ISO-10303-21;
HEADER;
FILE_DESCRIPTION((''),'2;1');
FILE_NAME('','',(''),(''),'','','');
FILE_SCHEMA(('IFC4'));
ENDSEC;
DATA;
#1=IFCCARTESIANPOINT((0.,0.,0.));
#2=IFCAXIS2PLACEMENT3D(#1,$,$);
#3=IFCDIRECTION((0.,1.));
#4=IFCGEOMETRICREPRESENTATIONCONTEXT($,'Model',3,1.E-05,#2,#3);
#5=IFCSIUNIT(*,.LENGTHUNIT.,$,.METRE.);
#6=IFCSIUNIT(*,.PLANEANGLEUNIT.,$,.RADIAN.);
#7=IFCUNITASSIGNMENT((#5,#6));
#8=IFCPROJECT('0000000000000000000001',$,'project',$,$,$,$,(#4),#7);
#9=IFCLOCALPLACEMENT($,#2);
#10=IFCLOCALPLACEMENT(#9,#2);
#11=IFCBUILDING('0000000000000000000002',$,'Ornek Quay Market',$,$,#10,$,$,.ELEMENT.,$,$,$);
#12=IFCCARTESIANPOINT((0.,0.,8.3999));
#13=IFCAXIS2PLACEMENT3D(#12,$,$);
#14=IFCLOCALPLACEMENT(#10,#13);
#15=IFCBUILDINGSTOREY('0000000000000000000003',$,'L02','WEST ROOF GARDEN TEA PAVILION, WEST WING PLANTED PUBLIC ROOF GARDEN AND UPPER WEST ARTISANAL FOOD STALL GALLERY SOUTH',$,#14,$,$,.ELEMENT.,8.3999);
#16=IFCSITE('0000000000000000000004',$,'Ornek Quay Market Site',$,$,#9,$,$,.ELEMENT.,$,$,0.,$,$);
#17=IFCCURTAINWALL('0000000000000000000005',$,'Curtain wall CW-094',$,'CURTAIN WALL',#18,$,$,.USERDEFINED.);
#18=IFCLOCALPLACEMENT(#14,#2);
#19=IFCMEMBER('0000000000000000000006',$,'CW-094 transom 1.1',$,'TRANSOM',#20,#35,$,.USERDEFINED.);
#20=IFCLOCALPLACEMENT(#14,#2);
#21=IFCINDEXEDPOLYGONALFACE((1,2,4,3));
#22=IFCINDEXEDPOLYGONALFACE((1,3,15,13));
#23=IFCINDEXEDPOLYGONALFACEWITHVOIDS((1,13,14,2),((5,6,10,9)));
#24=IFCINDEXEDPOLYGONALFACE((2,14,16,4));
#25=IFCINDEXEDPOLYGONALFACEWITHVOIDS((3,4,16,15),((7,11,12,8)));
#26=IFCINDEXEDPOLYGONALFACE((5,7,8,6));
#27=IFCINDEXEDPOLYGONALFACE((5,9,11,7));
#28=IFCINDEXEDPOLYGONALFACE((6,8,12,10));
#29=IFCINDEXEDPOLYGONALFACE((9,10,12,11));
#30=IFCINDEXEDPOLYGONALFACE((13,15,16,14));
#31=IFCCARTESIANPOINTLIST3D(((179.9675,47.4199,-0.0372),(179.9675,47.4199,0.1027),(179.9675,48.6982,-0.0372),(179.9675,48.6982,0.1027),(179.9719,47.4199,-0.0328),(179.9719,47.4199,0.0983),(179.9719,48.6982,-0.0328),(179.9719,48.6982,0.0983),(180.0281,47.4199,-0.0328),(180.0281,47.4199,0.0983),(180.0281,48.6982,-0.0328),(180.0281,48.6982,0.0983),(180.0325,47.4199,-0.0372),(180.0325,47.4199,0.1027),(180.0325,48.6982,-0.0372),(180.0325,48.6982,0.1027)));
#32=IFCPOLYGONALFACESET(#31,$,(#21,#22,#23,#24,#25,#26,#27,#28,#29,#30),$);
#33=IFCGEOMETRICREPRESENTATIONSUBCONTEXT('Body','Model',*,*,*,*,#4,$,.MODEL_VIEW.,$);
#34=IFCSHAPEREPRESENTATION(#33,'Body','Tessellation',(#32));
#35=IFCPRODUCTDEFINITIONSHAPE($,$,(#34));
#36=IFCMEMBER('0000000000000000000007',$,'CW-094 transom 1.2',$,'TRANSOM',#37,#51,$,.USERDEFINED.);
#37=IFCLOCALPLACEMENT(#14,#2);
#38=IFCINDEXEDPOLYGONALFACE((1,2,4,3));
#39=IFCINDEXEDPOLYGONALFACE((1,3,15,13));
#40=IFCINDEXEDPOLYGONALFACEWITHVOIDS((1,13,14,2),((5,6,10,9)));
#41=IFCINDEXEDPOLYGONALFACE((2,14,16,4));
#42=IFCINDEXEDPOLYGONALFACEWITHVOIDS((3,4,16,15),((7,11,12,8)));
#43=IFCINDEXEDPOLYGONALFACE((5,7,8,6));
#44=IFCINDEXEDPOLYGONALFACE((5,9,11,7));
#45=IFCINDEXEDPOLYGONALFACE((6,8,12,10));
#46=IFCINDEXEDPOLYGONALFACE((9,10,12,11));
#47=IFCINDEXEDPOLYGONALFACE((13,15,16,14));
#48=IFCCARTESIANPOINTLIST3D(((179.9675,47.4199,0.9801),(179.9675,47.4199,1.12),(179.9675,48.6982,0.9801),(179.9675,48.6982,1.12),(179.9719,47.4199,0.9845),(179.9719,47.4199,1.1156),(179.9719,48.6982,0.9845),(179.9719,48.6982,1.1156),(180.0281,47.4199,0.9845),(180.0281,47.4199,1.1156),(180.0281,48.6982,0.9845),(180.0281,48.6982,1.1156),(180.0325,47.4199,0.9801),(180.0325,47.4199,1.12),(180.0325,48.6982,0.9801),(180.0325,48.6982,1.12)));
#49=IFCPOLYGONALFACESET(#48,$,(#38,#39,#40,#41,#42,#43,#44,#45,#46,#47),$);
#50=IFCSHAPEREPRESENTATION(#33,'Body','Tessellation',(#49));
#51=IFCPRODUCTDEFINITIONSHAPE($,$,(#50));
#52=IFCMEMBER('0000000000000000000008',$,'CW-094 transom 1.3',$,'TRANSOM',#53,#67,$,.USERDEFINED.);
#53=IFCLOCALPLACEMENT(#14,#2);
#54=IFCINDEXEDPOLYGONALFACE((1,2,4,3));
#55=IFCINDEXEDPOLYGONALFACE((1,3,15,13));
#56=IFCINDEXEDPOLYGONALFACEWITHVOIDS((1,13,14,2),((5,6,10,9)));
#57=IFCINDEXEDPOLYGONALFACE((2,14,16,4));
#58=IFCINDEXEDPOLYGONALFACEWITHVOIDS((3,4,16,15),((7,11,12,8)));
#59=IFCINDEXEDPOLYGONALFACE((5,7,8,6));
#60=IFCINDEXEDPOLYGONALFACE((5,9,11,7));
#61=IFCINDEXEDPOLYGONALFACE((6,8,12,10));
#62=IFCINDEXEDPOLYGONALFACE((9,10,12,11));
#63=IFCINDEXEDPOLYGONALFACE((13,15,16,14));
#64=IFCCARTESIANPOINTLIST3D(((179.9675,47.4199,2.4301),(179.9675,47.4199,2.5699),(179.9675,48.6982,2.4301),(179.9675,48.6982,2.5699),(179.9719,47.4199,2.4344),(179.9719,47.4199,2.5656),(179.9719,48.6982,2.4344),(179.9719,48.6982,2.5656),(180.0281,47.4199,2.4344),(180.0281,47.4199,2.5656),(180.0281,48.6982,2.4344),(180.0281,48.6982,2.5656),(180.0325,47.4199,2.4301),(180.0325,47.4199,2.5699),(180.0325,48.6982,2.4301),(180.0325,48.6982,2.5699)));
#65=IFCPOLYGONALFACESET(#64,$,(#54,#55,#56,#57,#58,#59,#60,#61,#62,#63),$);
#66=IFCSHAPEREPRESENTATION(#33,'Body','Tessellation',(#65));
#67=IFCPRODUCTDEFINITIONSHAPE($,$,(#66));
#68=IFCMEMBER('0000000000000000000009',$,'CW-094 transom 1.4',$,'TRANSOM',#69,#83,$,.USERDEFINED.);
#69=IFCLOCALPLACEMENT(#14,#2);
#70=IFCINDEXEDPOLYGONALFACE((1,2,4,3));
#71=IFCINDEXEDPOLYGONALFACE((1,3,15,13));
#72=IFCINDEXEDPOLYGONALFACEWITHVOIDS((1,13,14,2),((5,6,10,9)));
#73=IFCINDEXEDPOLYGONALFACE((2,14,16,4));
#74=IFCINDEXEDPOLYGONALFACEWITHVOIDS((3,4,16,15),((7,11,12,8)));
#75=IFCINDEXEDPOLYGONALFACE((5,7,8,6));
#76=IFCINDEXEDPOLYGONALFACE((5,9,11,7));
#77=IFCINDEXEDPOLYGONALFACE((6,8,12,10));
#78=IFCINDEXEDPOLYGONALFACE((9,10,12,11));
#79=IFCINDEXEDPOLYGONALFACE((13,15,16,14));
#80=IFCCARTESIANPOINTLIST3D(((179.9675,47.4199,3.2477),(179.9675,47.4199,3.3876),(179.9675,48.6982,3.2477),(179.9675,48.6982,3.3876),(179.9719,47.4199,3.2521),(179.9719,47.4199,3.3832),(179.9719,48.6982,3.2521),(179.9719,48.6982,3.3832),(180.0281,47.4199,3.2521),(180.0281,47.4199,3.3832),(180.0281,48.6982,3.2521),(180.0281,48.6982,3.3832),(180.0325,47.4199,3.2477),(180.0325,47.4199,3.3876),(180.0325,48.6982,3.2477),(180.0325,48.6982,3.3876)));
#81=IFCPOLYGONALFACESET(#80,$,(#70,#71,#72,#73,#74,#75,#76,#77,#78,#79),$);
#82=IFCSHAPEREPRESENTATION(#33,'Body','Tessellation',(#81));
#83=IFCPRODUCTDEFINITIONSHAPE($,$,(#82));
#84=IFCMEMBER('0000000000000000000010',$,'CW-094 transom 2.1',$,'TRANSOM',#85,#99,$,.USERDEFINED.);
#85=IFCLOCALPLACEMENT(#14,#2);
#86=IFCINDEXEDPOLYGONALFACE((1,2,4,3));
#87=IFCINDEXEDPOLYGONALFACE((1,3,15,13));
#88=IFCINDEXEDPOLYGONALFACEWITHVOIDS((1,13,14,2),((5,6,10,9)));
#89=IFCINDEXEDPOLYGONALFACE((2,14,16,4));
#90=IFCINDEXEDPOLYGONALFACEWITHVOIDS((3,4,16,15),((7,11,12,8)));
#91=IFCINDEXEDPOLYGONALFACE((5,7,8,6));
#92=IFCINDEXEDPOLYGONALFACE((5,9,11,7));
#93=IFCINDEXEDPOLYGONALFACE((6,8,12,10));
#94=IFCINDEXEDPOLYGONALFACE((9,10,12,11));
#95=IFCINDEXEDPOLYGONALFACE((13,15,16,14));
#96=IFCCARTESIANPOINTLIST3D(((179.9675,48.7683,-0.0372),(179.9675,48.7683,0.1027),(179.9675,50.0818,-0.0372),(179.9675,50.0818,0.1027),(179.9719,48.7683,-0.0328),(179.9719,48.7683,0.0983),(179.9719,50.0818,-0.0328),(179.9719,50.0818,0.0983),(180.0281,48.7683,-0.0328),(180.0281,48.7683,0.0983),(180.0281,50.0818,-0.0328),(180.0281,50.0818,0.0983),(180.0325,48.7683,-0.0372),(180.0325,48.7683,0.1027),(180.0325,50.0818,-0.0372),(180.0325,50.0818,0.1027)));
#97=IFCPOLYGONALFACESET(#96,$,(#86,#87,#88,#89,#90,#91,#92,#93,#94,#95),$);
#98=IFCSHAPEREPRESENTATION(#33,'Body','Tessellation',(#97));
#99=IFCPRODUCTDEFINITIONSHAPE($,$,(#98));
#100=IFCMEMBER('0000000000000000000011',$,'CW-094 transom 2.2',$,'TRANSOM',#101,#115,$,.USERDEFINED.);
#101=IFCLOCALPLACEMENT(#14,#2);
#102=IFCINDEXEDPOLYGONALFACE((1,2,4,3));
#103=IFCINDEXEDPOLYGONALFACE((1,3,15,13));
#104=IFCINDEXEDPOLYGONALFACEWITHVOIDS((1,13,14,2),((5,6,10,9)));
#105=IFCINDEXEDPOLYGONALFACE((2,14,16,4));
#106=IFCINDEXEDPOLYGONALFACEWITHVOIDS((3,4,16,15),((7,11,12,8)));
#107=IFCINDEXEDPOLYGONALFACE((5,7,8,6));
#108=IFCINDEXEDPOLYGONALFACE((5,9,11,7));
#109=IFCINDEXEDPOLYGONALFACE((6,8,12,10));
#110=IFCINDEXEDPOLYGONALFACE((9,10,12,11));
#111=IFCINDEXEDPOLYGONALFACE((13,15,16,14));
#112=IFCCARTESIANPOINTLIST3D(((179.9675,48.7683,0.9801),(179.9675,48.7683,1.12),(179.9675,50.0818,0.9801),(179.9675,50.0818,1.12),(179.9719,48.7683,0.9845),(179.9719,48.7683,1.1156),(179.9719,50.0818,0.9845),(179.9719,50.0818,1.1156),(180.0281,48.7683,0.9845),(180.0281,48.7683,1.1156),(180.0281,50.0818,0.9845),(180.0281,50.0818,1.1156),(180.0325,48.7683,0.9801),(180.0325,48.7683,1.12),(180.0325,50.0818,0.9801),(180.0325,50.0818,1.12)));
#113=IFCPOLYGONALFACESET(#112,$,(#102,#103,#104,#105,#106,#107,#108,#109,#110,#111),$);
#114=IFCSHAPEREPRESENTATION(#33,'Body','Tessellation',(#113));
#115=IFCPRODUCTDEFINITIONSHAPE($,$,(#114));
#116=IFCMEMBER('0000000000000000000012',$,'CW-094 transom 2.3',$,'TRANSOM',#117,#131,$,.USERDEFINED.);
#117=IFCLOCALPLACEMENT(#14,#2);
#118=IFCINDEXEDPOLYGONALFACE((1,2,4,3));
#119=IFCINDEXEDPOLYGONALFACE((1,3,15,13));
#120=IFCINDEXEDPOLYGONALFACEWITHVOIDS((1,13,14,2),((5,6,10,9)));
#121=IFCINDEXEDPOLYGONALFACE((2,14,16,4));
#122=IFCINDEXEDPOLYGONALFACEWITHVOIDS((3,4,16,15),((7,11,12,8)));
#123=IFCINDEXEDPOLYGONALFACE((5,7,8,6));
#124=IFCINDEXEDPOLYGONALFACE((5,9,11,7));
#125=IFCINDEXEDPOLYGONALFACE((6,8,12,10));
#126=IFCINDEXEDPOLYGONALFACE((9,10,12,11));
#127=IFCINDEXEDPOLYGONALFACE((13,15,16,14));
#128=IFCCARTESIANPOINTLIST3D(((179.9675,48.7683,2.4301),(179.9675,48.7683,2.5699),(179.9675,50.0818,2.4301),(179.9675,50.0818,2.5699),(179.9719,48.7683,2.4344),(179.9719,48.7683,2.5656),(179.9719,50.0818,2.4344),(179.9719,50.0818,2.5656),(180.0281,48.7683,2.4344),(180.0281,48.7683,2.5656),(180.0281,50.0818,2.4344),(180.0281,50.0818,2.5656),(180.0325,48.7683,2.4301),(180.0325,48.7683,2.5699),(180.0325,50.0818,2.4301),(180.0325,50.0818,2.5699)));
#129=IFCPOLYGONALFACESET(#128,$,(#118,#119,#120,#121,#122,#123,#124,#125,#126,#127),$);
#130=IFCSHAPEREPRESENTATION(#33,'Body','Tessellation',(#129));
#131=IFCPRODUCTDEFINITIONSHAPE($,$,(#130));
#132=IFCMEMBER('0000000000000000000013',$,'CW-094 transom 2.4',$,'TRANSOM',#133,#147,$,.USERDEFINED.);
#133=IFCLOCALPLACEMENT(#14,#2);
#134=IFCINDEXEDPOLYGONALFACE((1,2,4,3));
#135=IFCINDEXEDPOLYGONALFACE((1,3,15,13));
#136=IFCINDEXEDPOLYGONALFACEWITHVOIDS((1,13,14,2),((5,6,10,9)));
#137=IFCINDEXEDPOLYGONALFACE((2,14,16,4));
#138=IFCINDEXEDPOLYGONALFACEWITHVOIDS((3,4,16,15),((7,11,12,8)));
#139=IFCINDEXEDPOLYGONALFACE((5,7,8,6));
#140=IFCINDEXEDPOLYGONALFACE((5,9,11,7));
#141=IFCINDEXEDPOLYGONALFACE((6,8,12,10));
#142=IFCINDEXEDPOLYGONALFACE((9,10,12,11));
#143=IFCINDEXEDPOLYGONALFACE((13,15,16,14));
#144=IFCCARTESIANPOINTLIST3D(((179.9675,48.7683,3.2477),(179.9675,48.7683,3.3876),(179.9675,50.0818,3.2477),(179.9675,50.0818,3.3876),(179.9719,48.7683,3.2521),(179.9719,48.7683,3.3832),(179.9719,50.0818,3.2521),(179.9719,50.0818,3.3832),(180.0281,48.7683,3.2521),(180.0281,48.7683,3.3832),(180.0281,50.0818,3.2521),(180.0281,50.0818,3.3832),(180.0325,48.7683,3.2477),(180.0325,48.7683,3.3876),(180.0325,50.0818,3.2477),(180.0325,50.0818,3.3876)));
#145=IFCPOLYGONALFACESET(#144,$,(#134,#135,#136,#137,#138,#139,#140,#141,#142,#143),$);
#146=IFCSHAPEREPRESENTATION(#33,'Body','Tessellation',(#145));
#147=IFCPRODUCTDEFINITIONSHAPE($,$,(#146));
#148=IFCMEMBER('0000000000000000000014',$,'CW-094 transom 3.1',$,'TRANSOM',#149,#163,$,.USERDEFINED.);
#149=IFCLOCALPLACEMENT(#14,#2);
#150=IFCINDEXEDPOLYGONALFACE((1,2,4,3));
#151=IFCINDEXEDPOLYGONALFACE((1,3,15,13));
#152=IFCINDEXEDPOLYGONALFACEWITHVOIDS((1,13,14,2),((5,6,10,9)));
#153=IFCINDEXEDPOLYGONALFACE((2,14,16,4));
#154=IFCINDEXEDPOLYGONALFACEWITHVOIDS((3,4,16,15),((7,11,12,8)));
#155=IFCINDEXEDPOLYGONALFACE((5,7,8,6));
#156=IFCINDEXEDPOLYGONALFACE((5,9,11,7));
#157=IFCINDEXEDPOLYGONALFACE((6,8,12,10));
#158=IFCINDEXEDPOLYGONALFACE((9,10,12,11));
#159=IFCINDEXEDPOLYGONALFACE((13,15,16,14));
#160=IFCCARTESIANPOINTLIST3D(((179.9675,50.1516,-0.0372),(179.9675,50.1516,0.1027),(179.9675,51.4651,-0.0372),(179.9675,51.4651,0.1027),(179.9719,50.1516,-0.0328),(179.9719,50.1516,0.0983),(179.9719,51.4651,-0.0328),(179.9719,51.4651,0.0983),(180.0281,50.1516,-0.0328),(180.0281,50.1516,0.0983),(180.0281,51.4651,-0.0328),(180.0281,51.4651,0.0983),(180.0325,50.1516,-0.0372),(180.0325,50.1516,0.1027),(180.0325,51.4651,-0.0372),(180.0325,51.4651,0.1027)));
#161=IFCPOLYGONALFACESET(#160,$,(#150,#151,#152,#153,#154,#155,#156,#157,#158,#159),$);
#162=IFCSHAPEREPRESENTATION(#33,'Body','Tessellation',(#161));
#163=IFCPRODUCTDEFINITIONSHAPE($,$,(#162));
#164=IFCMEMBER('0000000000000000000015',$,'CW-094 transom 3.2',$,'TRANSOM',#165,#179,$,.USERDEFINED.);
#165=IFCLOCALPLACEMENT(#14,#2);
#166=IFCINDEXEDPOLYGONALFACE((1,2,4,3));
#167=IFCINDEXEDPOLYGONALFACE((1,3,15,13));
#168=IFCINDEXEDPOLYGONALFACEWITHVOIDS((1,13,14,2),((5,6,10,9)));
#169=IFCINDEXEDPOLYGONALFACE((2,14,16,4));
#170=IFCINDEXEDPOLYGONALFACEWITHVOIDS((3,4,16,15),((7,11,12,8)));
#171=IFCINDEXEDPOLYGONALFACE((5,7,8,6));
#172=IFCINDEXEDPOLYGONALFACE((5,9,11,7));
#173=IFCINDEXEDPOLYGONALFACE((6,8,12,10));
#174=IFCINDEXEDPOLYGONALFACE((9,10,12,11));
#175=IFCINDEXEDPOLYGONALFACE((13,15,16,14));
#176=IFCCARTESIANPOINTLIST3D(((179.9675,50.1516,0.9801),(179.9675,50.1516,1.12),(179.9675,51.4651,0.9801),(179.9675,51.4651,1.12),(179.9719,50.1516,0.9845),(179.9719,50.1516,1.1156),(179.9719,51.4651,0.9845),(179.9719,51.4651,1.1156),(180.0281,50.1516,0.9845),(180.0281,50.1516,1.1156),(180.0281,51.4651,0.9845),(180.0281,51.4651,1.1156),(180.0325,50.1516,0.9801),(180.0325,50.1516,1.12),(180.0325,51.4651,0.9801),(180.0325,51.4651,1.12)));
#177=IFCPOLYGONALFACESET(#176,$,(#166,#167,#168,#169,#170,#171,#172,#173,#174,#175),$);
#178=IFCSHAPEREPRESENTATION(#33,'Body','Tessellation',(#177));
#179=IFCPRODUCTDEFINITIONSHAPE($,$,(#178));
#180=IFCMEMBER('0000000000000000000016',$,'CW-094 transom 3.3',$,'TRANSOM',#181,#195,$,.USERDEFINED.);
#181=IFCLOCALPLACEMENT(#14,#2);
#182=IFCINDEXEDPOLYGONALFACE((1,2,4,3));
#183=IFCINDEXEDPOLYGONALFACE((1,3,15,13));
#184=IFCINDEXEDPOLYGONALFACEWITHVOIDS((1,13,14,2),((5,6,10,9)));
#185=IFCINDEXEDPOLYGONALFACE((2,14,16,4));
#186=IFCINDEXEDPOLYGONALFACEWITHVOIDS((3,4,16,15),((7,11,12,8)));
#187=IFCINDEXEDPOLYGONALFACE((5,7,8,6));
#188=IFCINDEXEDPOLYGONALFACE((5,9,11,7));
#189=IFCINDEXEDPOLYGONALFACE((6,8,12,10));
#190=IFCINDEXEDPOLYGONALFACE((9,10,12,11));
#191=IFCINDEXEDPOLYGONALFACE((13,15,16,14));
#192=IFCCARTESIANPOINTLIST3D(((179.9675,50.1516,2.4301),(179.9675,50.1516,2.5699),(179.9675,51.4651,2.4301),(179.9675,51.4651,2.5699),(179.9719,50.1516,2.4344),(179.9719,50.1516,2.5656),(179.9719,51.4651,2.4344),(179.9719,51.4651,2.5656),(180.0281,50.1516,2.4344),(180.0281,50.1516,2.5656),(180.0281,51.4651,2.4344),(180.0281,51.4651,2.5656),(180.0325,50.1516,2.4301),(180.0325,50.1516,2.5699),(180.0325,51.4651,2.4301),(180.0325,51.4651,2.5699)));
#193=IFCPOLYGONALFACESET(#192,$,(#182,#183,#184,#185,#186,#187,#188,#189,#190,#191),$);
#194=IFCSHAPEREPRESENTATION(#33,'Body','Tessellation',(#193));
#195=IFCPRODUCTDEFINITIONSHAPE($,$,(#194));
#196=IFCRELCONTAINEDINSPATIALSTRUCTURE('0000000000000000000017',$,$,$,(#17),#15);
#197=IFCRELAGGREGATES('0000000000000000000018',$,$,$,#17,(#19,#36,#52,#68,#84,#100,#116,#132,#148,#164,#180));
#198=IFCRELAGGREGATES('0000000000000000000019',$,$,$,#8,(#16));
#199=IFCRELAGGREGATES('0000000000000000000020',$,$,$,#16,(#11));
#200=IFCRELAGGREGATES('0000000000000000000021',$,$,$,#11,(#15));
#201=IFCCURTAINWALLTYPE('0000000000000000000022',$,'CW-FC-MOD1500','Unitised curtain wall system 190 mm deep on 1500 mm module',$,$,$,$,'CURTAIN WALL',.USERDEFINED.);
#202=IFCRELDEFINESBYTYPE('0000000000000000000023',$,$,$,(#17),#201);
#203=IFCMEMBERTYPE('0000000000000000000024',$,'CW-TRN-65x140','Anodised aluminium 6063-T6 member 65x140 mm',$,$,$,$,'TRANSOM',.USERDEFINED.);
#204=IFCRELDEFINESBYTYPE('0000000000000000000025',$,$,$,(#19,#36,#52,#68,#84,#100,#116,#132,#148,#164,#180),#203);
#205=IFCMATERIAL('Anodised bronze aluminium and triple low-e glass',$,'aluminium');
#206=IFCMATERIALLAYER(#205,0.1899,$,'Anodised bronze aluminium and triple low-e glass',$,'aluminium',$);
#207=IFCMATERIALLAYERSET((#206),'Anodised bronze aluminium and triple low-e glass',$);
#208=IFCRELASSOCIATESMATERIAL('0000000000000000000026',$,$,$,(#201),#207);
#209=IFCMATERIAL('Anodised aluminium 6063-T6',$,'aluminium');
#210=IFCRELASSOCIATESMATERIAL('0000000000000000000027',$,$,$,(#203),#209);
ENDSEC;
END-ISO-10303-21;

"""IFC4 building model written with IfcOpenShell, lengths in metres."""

from ifc_helpers import new_model, si_unit, direction, frame, origin, origin_2d, place, context, subcontext, project, spatial, hollow_rectangle, extrude, material, layer, layer_set, material_profile, profile_set, type_object, element, aggregate, save


model = new_model("IFC4")

# Units and contexts
model_context = context("Model", 3, precision=1e-05, world=origin(), true_north=direction((0.0, 1.0)))
body_context = subcontext(model_context, "Body", "Model", "MODEL_VIEW")
ifc_project = project(units=[si_unit("LENGTHUNIT", "METRE"), si_unit("PLANEANGLEUNIT", "RADIAN")], contexts=[model_context])

# Site, building, storey
site_placement = place(None, origin())
site = spatial("IfcSite", under=ifc_project, at=site_placement, Name="Ornek Quay Market Site", CompositionType="ELEMENT", RefElevation=0.0)
building_placement = place(site_placement, origin())
building = spatial("IfcBuilding", under=site, at=building_placement, Name="Ornek Quay Market", CompositionType="ELEMENT")
storey_placement = place(building_placement, frame((0.0, 0.0, 8.3999)))
storey = spatial("IfcBuildingStorey", under=building, at=storey_placement, Name="L02", Description="WEST ROOF GARDEN TEA PAVILION, WEST WING PLANTED PUBLIC ROOF GARDEN AND UPPER WEST ARTISANAL FOOD STALL GALLERY SOUTH", CompositionType="ELEMENT", Elevation=8.3999)

# Curtain wall, members
ifc_material_1 = material(Name="Anodised bronze aluminium and triple low-e glass", Category="aluminium")
ifc_layer_1 = layer(ifc_material_1, 0.1899, Name="Anodised bronze aluminium and triple low-e glass", Category="aluminium")
ifc_layer_set_1 = layer_set([ifc_layer_1], Name="Anodised bronze aluminium and triple low-e glass")
curtain_wall_type = type_object("IfcCurtainWallType", Name="CW-FC-MOD1500", Description="Unitised curtain wall system 190 mm deep on 1500 mm module", ElementType="CURTAIN WALL", PredefinedType="USERDEFINED", material=ifc_layer_set_1)
curtain_wall_placement = place(storey_placement, origin())
curtain_wall = element("IfcCurtainWall", 1, at=curtain_wall_placement, inside=storey, type_object=curtain_wall_type, Name="Curtain wall CW-094", ObjectType="CURTAIN WALL", PredefinedType="USERDEFINED")
ifc_material_2 = material(Name="Anodised aluminium 6063-T6", Category="aluminium")
ifc_material_profile_1 = material_profile(ifc_material_2, hollow_rectangle(XDim=0.0649, YDim=0.1399, WallThickness=0.0044, at=origin_2d()), Name="CW-TRN-65x140", Category="aluminium")
ifc_profile_set_1 = profile_set([ifc_material_profile_1], Name="Anodised aluminium 6063-T6")
member_type_1 = type_object("IfcMemberType", Name="CW-TRN-65x140", Description="Anodised aluminium 6063-T6 member 65x140 mm", ElementType="TRANSOM", PredefinedType="USERDEFINED", material=ifc_profile_set_1)
member_1_placement = place(storey_placement, frame((180.0, 47.4199, 0.0327), z_axis=(0.0, 1.0, 0.0), x_axis=(-1.0, 0.0, 0.0)))
member_1 = element("IfcMember", 2, at=member_1_placement, type_object=member_type_1, Name="CW-094 transom 1.1", ObjectType="TRANSOM", PredefinedType="USERDEFINED", context=body_context, shape_type="SweptSolid", body=[
    extrude(hollow_rectangle(XDim=0.0649, YDim=0.1399, WallThickness=0.0044, at=origin_2d()), origin(), (0.0, 0.0, 1.0), 1.2783),
])
member_2_placement = place(storey_placement, frame((180.0, 47.4199, 1.05), z_axis=(0.0, 1.0, 0.0), x_axis=(-1.0, 0.0, 0.0)))
member_2 = element("IfcMember", 3, at=member_2_placement, type_object=member_type_1, Name="CW-094 transom 1.2", ObjectType="TRANSOM", PredefinedType="USERDEFINED", context=body_context, shape_type="SweptSolid", body=[
    extrude(hollow_rectangle(XDim=0.0649, YDim=0.1399, WallThickness=0.0044, at=origin_2d()), origin(), (0.0, 0.0, 1.0), 1.2783),
])
member_3_placement = place(storey_placement, frame((180.0, 47.4199, 2.5), z_axis=(0.0, 1.0, 0.0), x_axis=(-1.0, 0.0, 0.0)))
member_3 = element("IfcMember", 4, at=member_3_placement, type_object=member_type_1, Name="CW-094 transom 1.3", ObjectType="TRANSOM", PredefinedType="USERDEFINED", context=body_context, shape_type="SweptSolid", body=[
    extrude(hollow_rectangle(XDim=0.0649, YDim=0.1399, WallThickness=0.0044, at=origin_2d()), origin(), (0.0, 0.0, 1.0), 1.2783),
])
member_4_placement = place(storey_placement, frame((180.0, 47.4199, 3.3176), z_axis=(0.0, 1.0, 0.0), x_axis=(-1.0, 0.0, 0.0)))
member_4 = element("IfcMember", 5, at=member_4_placement, type_object=member_type_1, Name="CW-094 transom 1.4", ObjectType="TRANSOM", PredefinedType="USERDEFINED", context=body_context, shape_type="SweptSolid", body=[
    extrude(hollow_rectangle(XDim=0.0649, YDim=0.1399, WallThickness=0.0044, at=origin_2d()), origin(), (0.0, 0.0, 1.0), 1.2783),
])
member_5_placement = place(storey_placement, frame((180.0, 48.7683, 0.0327), z_axis=(0.0, 1.0, 0.0), x_axis=(-1.0, 0.0, 0.0)))
member_5 = element("IfcMember", 6, at=member_5_placement, type_object=member_type_1, Name="CW-094 transom 2.1", ObjectType="TRANSOM", PredefinedType="USERDEFINED", context=body_context, shape_type="SweptSolid", body=[
    extrude(hollow_rectangle(XDim=0.0649, YDim=0.1399, WallThickness=0.0044, at=origin_2d()), origin(), (0.0, 0.0, 1.0), 1.3135),
])
member_6_placement = place(storey_placement, frame((180.0, 48.7683, 1.05), z_axis=(0.0, 1.0, 0.0), x_axis=(-1.0, 0.0, 0.0)))
member_6 = element("IfcMember", 7, at=member_6_placement, type_object=member_type_1, Name="CW-094 transom 2.2", ObjectType="TRANSOM", PredefinedType="USERDEFINED", context=body_context, shape_type="SweptSolid", body=[
    extrude(hollow_rectangle(XDim=0.0649, YDim=0.1399, WallThickness=0.0044, at=origin_2d()), origin(), (0.0, 0.0, 1.0), 1.3135),
])
member_7_placement = place(storey_placement, frame((180.0, 48.7683, 2.5), z_axis=(0.0, 1.0, 0.0), x_axis=(-1.0, 0.0, 0.0)))
member_7 = element("IfcMember", 8, at=member_7_placement, type_object=member_type_1, Name="CW-094 transom 2.3", ObjectType="TRANSOM", PredefinedType="USERDEFINED", context=body_context, shape_type="SweptSolid", body=[
    extrude(hollow_rectangle(XDim=0.0649, YDim=0.1399, WallThickness=0.0044, at=origin_2d()), origin(), (0.0, 0.0, 1.0), 1.3135),
])
member_8_placement = place(storey_placement, frame((180.0, 48.7683, 3.3176), z_axis=(0.0, 1.0, 0.0), x_axis=(-1.0, 0.0, 0.0)))
member_8 = element("IfcMember", 9, at=member_8_placement, type_object=member_type_1, Name="CW-094 transom 2.4", ObjectType="TRANSOM", PredefinedType="USERDEFINED", context=body_context, shape_type="SweptSolid", body=[
    extrude(hollow_rectangle(XDim=0.0649, YDim=0.1399, WallThickness=0.0044, at=origin_2d()), origin(), (0.0, 0.0, 1.0), 1.3135),
])
member_9_placement = place(storey_placement, frame((180.0, 50.1516, 0.0327), z_axis=(0.0, 1.0, 0.0), x_axis=(-1.0, 0.0, 0.0)))
member_9 = element("IfcMember", 10, at=member_9_placement, type_object=member_type_1, Name="CW-094 transom 3.1", ObjectType="TRANSOM", PredefinedType="USERDEFINED", context=body_context, shape_type="SweptSolid", body=[
    extrude(hollow_rectangle(XDim=0.0649, YDim=0.1399, WallThickness=0.0044, at=origin_2d()), origin(), (0.0, 0.0, 1.0), 1.3135),
])
member_10_placement = place(storey_placement, frame((180.0, 50.1516, 1.05), z_axis=(0.0, 1.0, 0.0), x_axis=(-1.0, 0.0, 0.0)))
member_10 = element("IfcMember", 11, at=member_10_placement, type_object=member_type_1, Name="CW-094 transom 3.2", ObjectType="TRANSOM", PredefinedType="USERDEFINED", context=body_context, shape_type="SweptSolid", body=[
    extrude(hollow_rectangle(XDim=0.0649, YDim=0.1399, WallThickness=0.0044, at=origin_2d()), origin(), (0.0, 0.0, 1.0), 1.3135),
])
member_11_placement = place(storey_placement, frame((180.0, 50.1516, 2.5), z_axis=(0.0, 1.0, 0.0), x_axis=(-1.0, 0.0, 0.0)))
member_11 = element("IfcMember", 12, at=member_11_placement, type_object=member_type_1, Name="CW-094 transom 3.3", ObjectType="TRANSOM", PredefinedType="USERDEFINED", context=body_context, shape_type="SweptSolid", body=[
    extrude(hollow_rectangle(XDim=0.0649, YDim=0.1399, WallThickness=0.0044, at=origin_2d()), origin(), (0.0, 0.0, 1.0), 1.3135),
])
aggregate(curtain_wall, [member_1, member_2, member_3, member_4, member_5, member_6, member_7, member_8, member_9, member_10, member_11])

save(model, "model.ifc")
